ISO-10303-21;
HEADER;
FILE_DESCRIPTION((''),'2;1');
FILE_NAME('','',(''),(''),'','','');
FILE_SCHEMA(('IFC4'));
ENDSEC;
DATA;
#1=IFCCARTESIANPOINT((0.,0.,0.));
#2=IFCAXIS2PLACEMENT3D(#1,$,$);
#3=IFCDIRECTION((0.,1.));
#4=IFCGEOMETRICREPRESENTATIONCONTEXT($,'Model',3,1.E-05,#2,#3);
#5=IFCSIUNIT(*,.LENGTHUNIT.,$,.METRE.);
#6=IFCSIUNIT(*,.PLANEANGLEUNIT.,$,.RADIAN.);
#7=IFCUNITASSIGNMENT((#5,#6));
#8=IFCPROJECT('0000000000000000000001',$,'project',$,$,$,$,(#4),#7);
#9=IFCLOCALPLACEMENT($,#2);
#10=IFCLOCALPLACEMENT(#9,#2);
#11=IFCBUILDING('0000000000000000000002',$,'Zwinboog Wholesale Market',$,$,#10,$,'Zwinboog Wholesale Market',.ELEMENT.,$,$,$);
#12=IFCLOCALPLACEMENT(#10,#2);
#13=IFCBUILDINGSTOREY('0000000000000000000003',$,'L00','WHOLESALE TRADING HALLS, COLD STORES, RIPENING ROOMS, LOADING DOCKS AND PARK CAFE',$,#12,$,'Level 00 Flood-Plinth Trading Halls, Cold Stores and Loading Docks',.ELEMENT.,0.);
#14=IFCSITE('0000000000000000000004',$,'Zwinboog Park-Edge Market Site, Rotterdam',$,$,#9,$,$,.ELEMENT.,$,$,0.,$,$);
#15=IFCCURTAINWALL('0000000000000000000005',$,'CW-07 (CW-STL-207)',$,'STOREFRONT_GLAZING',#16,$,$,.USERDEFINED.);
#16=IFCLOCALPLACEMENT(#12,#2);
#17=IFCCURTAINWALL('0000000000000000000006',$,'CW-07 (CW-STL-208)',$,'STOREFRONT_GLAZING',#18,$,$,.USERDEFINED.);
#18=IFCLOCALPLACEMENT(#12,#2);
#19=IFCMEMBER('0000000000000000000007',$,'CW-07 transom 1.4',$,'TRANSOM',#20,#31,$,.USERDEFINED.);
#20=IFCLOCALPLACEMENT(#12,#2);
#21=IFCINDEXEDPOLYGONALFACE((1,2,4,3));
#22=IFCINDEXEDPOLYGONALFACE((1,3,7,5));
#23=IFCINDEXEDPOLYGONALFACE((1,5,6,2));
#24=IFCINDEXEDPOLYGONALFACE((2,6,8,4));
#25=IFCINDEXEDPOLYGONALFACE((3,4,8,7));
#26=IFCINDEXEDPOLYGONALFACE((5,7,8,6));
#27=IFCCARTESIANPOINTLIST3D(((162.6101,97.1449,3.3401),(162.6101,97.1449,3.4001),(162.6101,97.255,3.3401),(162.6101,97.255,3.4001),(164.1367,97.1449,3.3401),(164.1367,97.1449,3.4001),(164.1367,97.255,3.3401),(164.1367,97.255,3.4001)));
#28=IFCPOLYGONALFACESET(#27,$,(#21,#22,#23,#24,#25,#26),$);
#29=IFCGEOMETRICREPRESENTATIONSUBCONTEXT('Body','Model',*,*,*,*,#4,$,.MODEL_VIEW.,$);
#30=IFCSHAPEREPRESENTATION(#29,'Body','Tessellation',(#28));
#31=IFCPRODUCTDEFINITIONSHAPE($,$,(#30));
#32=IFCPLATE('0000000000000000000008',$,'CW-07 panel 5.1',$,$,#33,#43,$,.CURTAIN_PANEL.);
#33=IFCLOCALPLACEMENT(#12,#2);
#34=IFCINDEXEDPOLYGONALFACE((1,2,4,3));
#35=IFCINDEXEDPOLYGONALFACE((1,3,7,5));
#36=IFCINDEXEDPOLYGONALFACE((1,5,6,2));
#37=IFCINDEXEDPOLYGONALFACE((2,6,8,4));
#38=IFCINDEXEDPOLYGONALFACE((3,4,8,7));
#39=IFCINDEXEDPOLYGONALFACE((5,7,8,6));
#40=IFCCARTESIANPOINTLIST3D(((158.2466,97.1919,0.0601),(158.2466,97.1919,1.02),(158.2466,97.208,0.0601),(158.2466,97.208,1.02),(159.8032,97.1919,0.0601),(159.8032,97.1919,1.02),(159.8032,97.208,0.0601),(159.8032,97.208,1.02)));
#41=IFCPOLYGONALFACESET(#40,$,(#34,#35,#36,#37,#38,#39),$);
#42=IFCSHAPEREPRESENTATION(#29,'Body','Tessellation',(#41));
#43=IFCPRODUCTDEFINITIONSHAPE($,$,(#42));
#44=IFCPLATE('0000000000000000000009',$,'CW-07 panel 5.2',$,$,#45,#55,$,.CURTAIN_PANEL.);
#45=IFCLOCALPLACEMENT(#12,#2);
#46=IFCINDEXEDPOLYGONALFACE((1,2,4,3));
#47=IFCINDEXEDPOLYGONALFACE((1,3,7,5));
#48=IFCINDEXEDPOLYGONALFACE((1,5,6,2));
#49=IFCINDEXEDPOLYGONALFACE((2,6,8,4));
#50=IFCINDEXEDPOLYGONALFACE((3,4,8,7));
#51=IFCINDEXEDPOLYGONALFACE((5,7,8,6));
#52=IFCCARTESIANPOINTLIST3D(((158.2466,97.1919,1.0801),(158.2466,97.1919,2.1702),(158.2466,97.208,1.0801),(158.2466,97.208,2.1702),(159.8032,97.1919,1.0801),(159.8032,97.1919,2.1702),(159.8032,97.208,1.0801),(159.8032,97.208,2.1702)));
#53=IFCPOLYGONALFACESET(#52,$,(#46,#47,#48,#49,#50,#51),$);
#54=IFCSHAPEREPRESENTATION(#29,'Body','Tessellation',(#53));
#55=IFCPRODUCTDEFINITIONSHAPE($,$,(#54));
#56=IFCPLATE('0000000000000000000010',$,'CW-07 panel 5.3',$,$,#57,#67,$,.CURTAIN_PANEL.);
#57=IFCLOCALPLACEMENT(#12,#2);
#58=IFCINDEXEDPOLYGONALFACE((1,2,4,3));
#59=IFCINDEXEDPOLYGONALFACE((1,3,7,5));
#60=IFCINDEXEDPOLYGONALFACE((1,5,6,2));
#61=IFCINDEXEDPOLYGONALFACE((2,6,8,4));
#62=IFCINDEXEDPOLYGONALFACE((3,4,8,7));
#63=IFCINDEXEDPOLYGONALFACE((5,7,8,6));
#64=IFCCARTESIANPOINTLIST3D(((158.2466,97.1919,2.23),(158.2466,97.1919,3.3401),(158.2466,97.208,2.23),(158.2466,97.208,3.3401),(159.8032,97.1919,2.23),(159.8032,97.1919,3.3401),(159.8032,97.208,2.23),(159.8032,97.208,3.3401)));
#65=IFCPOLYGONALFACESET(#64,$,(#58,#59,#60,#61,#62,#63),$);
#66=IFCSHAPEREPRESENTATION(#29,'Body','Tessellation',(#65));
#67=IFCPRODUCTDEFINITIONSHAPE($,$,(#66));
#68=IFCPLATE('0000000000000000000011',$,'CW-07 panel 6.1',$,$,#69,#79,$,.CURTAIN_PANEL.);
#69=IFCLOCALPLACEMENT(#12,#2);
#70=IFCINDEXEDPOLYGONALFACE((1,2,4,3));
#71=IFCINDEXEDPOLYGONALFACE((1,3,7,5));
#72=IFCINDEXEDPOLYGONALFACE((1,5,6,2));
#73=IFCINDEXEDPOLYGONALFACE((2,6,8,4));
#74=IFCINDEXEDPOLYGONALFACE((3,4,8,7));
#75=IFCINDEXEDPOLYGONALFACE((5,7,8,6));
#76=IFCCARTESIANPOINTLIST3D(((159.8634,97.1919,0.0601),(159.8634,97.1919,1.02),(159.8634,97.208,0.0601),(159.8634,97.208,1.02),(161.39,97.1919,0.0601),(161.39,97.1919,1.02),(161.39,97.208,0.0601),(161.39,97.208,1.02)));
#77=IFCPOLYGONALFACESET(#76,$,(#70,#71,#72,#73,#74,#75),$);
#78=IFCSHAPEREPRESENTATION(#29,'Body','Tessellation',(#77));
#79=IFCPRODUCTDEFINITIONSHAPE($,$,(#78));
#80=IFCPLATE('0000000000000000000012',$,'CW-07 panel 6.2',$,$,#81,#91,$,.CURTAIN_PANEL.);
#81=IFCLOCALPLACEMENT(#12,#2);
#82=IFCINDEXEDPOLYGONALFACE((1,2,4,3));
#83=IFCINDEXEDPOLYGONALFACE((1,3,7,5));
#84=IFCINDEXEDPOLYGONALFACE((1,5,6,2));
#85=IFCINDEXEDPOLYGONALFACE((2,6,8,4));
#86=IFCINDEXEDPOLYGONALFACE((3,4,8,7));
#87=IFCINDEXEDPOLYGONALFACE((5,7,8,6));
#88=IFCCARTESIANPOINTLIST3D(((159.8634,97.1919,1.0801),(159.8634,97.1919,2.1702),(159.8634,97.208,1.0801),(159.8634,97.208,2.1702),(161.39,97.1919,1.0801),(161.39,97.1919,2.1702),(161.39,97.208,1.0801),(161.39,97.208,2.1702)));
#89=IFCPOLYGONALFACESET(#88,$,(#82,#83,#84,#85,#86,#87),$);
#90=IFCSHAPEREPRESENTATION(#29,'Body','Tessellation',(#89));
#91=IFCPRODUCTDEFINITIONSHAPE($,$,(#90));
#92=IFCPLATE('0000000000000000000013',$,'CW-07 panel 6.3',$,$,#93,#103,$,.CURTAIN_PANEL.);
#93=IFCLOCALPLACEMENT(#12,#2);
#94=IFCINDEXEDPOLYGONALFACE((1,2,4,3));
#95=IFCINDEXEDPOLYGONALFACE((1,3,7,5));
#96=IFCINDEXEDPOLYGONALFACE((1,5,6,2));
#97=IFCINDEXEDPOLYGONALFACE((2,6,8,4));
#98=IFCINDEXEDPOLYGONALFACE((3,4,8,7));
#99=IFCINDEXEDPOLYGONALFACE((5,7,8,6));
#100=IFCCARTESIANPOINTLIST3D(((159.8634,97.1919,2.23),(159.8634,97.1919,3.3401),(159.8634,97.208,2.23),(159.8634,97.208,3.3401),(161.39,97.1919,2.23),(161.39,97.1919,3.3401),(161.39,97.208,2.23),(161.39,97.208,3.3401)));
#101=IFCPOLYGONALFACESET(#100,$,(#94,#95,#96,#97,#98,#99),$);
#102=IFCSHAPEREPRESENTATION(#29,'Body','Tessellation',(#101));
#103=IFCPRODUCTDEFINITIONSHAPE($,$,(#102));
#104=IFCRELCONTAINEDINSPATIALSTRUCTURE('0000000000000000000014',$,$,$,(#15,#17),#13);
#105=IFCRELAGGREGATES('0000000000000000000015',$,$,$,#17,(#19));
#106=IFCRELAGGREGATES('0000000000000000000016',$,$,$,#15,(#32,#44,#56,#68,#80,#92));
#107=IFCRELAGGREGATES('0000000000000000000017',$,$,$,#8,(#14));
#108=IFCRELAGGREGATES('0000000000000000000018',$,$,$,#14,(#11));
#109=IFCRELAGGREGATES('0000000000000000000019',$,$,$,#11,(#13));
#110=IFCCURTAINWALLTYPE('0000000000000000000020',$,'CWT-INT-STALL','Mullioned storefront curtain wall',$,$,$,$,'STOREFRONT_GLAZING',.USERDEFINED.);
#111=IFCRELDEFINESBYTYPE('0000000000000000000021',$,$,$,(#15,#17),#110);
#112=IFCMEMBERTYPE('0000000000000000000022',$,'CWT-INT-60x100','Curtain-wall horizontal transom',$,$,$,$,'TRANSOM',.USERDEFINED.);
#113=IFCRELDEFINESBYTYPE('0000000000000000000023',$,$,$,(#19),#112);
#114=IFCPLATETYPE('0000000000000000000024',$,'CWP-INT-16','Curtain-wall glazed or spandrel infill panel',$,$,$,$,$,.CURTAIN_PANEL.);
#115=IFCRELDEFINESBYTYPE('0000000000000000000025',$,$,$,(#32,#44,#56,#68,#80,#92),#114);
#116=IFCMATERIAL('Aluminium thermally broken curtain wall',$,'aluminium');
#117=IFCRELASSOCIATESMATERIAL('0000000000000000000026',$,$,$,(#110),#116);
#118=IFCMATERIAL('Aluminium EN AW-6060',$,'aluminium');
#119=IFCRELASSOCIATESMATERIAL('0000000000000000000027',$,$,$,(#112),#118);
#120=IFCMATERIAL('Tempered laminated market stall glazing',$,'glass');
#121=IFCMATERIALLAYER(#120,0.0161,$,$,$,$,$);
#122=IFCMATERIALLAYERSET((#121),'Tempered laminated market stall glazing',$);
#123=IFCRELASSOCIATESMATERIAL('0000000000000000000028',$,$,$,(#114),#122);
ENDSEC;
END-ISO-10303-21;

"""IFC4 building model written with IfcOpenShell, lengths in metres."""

from ifc_helpers import new_model, si_unit, direction, frame, origin, origin_2d, place, context, subcontext, project, spatial, rectangle, extrude, material, layer, layer_set, material_profile, profile_set, type_object, element, aggregate, save


model = new_model("IFC4")

# Units and contexts
model_context = context("Model", 3, precision=1e-05, world=origin(), true_north=direction((0.0, 1.0)))
body_context = subcontext(model_context, "Body", "Model", "MODEL_VIEW")
ifc_project = project(units=[si_unit("LENGTHUNIT", "METRE"), si_unit("PLANEANGLEUNIT", "RADIAN")], contexts=[model_context])

# Site, building, storey
site_placement = place(None, origin())
site = spatial("IfcSite", under=ifc_project, at=site_placement, Name="Zwinboog Park-Edge Market Site, Rotterdam", CompositionType="ELEMENT", RefElevation=0.0)
building_placement = place(site_placement, origin())
building = spatial("IfcBuilding", under=site, at=building_placement, Name="Zwinboog Wholesale Market", LongName="Zwinboog Wholesale Market", CompositionType="ELEMENT")
storey_placement = place(building_placement, origin())
storey = spatial("IfcBuildingStorey", under=building, at=storey_placement, Name="L00", Description="WHOLESALE TRADING HALLS, COLD STORES, RIPENING ROOMS, LOADING DOCKS AND PARK CAFE", LongName="Level 00 Flood-Plinth Trading Halls, Cold Stores and Loading Docks", CompositionType="ELEMENT", Elevation=0.0)

# Curtain wall
ifc_material_1 = material(Name="Aluminium thermally broken curtain wall", Category="aluminium")
curtain_wall_type = type_object("IfcCurtainWallType", Name="CWT-INT-STALL", Description="Mullioned storefront curtain wall", ElementType="STOREFRONT_GLAZING", PredefinedType="USERDEFINED", material=ifc_material_1)
curtain_wall_1_placement = place(storey_placement, origin())
curtain_wall_1 = element("IfcCurtainWall", 1, at=curtain_wall_1_placement, inside=storey, type_object=curtain_wall_type, Name="CW-07 (CW-STL-207)", ObjectType="STOREFRONT_GLAZING", PredefinedType="USERDEFINED")
ifc_material_2 = material(Name="Aluminium EN AW-6060", Category="aluminium")

# Curtain wall
curtain_wall_2_placement = place(storey_placement, origin())
curtain_wall_2 = element("IfcCurtainWall", 2, at=curtain_wall_2_placement, inside=storey, type_object=curtain_wall_type, Name="CW-07 (CW-STL-208)", ObjectType="STOREFRONT_GLAZING", PredefinedType="USERDEFINED")

# Member
ifc_material_profile_1 = material_profile(ifc_material_2, rectangle(XDim=0.1101, YDim=0.0601, at=origin_2d()), Name="AL 60x110")
ifc_profile_set_1 = profile_set([ifc_material_profile_1], Name="Aluminium EN AW-6060")
member_type_1 = type_object("IfcMemberType", Name="CWT-INT-60x100", Description="Curtain-wall horizontal transom", ElementType="TRANSOM", PredefinedType="USERDEFINED", material=ifc_profile_set_1)
member_1_placement = place(storey_placement, frame((162.6101, 97.2, 3.3701), z_axis=(1.0, 0.0, 0.0), x_axis=(0.0, 1.0, 0.0)))
member_1 = element("IfcMember", 3, at=member_1_placement, type_object=member_type_1, Name="CW-07 transom 1.4", ObjectType="TRANSOM", PredefinedType="USERDEFINED", context=body_context, shape_type="SweptSolid", body=[
    extrude(rectangle(XDim=0.1101, YDim=0.0601, at=origin_2d()), origin(), (0.0, 0.0, 1.0), 1.5266),
])
aggregate(curtain_wall_2, [member_1])

# Plates
ifc_material_3 = material(Name="Tempered laminated market stall glazing", Category="glass")
ifc_layer = layer(ifc_material_3, 0.0161)
ifc_layer_set = layer_set([ifc_layer], Name="Tempered laminated market stall glazing")
plate_type = type_object("IfcPlateType", Name="CWP-INT-16", Description="Curtain-wall glazed or spandrel infill panel", PredefinedType="CURTAIN_PANEL", material=ifc_layer_set)
plate_1_placement = place(storey_placement, frame((159.0249, 97.2, 0.0601), z_axis=(0.0, 0.0, 1.0), x_axis=(1.0, 0.0, 0.0)))
plate_1 = element("IfcPlate", 4, at=plate_1_placement, type_object=plate_type, Name="CW-07 panel 5.1", PredefinedType="CURTAIN_PANEL", context=body_context, shape_type="SweptSolid", body=[
    extrude(rectangle(XDim=1.5566, YDim=0.0161, at=origin_2d()), origin(), (0.0, 0.0, 1.0), 0.96),
])
plate_2_placement = place(storey_placement, frame((159.0249, 97.2, 1.0801), z_axis=(0.0, 0.0, 1.0), x_axis=(1.0, 0.0, 0.0)))
plate_2 = element("IfcPlate", 5, at=plate_2_placement, type_object=plate_type, Name="CW-07 panel 5.2", PredefinedType="CURTAIN_PANEL", context=body_context, shape_type="SweptSolid", body=[
    extrude(rectangle(XDim=1.5566, YDim=0.0161, at=origin_2d()), origin(), (0.0, 0.0, 1.0), 1.0901),
])
plate_3_placement = place(storey_placement, frame((159.0249, 97.2, 2.23), z_axis=(0.0, 0.0, 1.0), x_axis=(1.0, 0.0, 0.0)))
plate_3 = element("IfcPlate", 6, at=plate_3_placement, type_object=plate_type, Name="CW-07 panel 5.3", PredefinedType="CURTAIN_PANEL", context=body_context, shape_type="SweptSolid", body=[
    extrude(rectangle(XDim=1.5566, YDim=0.0161, at=origin_2d()), origin(), (0.0, 0.0, 1.0), 1.1101),
])
plate_4_placement = place(storey_placement, frame((160.6267, 97.2, 0.0601), z_axis=(0.0, 0.0, 1.0), x_axis=(1.0, 0.0, 0.0)))
plate_4 = element("IfcPlate", 7, at=plate_4_placement, type_object=plate_type, Name="CW-07 panel 6.1", PredefinedType="CURTAIN_PANEL", context=body_context, shape_type="SweptSolid", body=[
    extrude(rectangle(XDim=1.5266, YDim=0.0161, at=origin_2d()), origin(), (0.0, 0.0, 1.0), 0.96),
])
plate_5_placement = place(storey_placement, frame((160.6267, 97.2, 1.0801), z_axis=(0.0, 0.0, 1.0), x_axis=(1.0, 0.0, 0.0)))
plate_5 = element("IfcPlate", 8, at=plate_5_placement, type_object=plate_type, Name="CW-07 panel 6.2", PredefinedType="CURTAIN_PANEL", context=body_context, shape_type="SweptSolid", body=[
    extrude(rectangle(XDim=1.5266, YDim=0.0161, at=origin_2d()), origin(), (0.0, 0.0, 1.0), 1.0901),
])
plate_6_placement = place(storey_placement, frame((160.6267, 97.2, 2.23), z_axis=(0.0, 0.0, 1.0), x_axis=(1.0, 0.0, 0.0)))
plate_6 = element("IfcPlate", 9, at=plate_6_placement, type_object=plate_type, Name="CW-07 panel 6.3", PredefinedType="CURTAIN_PANEL", context=body_context, shape_type="SweptSolid", body=[
    extrude(rectangle(XDim=1.5266, YDim=0.0161, at=origin_2d()), origin(), (0.0, 0.0, 1.0), 1.1101),
])
aggregate(curtain_wall_1, [plate_1, plate_2, plate_3, plate_4, plate_5, plate_6])

save(model, "model.ifc")
